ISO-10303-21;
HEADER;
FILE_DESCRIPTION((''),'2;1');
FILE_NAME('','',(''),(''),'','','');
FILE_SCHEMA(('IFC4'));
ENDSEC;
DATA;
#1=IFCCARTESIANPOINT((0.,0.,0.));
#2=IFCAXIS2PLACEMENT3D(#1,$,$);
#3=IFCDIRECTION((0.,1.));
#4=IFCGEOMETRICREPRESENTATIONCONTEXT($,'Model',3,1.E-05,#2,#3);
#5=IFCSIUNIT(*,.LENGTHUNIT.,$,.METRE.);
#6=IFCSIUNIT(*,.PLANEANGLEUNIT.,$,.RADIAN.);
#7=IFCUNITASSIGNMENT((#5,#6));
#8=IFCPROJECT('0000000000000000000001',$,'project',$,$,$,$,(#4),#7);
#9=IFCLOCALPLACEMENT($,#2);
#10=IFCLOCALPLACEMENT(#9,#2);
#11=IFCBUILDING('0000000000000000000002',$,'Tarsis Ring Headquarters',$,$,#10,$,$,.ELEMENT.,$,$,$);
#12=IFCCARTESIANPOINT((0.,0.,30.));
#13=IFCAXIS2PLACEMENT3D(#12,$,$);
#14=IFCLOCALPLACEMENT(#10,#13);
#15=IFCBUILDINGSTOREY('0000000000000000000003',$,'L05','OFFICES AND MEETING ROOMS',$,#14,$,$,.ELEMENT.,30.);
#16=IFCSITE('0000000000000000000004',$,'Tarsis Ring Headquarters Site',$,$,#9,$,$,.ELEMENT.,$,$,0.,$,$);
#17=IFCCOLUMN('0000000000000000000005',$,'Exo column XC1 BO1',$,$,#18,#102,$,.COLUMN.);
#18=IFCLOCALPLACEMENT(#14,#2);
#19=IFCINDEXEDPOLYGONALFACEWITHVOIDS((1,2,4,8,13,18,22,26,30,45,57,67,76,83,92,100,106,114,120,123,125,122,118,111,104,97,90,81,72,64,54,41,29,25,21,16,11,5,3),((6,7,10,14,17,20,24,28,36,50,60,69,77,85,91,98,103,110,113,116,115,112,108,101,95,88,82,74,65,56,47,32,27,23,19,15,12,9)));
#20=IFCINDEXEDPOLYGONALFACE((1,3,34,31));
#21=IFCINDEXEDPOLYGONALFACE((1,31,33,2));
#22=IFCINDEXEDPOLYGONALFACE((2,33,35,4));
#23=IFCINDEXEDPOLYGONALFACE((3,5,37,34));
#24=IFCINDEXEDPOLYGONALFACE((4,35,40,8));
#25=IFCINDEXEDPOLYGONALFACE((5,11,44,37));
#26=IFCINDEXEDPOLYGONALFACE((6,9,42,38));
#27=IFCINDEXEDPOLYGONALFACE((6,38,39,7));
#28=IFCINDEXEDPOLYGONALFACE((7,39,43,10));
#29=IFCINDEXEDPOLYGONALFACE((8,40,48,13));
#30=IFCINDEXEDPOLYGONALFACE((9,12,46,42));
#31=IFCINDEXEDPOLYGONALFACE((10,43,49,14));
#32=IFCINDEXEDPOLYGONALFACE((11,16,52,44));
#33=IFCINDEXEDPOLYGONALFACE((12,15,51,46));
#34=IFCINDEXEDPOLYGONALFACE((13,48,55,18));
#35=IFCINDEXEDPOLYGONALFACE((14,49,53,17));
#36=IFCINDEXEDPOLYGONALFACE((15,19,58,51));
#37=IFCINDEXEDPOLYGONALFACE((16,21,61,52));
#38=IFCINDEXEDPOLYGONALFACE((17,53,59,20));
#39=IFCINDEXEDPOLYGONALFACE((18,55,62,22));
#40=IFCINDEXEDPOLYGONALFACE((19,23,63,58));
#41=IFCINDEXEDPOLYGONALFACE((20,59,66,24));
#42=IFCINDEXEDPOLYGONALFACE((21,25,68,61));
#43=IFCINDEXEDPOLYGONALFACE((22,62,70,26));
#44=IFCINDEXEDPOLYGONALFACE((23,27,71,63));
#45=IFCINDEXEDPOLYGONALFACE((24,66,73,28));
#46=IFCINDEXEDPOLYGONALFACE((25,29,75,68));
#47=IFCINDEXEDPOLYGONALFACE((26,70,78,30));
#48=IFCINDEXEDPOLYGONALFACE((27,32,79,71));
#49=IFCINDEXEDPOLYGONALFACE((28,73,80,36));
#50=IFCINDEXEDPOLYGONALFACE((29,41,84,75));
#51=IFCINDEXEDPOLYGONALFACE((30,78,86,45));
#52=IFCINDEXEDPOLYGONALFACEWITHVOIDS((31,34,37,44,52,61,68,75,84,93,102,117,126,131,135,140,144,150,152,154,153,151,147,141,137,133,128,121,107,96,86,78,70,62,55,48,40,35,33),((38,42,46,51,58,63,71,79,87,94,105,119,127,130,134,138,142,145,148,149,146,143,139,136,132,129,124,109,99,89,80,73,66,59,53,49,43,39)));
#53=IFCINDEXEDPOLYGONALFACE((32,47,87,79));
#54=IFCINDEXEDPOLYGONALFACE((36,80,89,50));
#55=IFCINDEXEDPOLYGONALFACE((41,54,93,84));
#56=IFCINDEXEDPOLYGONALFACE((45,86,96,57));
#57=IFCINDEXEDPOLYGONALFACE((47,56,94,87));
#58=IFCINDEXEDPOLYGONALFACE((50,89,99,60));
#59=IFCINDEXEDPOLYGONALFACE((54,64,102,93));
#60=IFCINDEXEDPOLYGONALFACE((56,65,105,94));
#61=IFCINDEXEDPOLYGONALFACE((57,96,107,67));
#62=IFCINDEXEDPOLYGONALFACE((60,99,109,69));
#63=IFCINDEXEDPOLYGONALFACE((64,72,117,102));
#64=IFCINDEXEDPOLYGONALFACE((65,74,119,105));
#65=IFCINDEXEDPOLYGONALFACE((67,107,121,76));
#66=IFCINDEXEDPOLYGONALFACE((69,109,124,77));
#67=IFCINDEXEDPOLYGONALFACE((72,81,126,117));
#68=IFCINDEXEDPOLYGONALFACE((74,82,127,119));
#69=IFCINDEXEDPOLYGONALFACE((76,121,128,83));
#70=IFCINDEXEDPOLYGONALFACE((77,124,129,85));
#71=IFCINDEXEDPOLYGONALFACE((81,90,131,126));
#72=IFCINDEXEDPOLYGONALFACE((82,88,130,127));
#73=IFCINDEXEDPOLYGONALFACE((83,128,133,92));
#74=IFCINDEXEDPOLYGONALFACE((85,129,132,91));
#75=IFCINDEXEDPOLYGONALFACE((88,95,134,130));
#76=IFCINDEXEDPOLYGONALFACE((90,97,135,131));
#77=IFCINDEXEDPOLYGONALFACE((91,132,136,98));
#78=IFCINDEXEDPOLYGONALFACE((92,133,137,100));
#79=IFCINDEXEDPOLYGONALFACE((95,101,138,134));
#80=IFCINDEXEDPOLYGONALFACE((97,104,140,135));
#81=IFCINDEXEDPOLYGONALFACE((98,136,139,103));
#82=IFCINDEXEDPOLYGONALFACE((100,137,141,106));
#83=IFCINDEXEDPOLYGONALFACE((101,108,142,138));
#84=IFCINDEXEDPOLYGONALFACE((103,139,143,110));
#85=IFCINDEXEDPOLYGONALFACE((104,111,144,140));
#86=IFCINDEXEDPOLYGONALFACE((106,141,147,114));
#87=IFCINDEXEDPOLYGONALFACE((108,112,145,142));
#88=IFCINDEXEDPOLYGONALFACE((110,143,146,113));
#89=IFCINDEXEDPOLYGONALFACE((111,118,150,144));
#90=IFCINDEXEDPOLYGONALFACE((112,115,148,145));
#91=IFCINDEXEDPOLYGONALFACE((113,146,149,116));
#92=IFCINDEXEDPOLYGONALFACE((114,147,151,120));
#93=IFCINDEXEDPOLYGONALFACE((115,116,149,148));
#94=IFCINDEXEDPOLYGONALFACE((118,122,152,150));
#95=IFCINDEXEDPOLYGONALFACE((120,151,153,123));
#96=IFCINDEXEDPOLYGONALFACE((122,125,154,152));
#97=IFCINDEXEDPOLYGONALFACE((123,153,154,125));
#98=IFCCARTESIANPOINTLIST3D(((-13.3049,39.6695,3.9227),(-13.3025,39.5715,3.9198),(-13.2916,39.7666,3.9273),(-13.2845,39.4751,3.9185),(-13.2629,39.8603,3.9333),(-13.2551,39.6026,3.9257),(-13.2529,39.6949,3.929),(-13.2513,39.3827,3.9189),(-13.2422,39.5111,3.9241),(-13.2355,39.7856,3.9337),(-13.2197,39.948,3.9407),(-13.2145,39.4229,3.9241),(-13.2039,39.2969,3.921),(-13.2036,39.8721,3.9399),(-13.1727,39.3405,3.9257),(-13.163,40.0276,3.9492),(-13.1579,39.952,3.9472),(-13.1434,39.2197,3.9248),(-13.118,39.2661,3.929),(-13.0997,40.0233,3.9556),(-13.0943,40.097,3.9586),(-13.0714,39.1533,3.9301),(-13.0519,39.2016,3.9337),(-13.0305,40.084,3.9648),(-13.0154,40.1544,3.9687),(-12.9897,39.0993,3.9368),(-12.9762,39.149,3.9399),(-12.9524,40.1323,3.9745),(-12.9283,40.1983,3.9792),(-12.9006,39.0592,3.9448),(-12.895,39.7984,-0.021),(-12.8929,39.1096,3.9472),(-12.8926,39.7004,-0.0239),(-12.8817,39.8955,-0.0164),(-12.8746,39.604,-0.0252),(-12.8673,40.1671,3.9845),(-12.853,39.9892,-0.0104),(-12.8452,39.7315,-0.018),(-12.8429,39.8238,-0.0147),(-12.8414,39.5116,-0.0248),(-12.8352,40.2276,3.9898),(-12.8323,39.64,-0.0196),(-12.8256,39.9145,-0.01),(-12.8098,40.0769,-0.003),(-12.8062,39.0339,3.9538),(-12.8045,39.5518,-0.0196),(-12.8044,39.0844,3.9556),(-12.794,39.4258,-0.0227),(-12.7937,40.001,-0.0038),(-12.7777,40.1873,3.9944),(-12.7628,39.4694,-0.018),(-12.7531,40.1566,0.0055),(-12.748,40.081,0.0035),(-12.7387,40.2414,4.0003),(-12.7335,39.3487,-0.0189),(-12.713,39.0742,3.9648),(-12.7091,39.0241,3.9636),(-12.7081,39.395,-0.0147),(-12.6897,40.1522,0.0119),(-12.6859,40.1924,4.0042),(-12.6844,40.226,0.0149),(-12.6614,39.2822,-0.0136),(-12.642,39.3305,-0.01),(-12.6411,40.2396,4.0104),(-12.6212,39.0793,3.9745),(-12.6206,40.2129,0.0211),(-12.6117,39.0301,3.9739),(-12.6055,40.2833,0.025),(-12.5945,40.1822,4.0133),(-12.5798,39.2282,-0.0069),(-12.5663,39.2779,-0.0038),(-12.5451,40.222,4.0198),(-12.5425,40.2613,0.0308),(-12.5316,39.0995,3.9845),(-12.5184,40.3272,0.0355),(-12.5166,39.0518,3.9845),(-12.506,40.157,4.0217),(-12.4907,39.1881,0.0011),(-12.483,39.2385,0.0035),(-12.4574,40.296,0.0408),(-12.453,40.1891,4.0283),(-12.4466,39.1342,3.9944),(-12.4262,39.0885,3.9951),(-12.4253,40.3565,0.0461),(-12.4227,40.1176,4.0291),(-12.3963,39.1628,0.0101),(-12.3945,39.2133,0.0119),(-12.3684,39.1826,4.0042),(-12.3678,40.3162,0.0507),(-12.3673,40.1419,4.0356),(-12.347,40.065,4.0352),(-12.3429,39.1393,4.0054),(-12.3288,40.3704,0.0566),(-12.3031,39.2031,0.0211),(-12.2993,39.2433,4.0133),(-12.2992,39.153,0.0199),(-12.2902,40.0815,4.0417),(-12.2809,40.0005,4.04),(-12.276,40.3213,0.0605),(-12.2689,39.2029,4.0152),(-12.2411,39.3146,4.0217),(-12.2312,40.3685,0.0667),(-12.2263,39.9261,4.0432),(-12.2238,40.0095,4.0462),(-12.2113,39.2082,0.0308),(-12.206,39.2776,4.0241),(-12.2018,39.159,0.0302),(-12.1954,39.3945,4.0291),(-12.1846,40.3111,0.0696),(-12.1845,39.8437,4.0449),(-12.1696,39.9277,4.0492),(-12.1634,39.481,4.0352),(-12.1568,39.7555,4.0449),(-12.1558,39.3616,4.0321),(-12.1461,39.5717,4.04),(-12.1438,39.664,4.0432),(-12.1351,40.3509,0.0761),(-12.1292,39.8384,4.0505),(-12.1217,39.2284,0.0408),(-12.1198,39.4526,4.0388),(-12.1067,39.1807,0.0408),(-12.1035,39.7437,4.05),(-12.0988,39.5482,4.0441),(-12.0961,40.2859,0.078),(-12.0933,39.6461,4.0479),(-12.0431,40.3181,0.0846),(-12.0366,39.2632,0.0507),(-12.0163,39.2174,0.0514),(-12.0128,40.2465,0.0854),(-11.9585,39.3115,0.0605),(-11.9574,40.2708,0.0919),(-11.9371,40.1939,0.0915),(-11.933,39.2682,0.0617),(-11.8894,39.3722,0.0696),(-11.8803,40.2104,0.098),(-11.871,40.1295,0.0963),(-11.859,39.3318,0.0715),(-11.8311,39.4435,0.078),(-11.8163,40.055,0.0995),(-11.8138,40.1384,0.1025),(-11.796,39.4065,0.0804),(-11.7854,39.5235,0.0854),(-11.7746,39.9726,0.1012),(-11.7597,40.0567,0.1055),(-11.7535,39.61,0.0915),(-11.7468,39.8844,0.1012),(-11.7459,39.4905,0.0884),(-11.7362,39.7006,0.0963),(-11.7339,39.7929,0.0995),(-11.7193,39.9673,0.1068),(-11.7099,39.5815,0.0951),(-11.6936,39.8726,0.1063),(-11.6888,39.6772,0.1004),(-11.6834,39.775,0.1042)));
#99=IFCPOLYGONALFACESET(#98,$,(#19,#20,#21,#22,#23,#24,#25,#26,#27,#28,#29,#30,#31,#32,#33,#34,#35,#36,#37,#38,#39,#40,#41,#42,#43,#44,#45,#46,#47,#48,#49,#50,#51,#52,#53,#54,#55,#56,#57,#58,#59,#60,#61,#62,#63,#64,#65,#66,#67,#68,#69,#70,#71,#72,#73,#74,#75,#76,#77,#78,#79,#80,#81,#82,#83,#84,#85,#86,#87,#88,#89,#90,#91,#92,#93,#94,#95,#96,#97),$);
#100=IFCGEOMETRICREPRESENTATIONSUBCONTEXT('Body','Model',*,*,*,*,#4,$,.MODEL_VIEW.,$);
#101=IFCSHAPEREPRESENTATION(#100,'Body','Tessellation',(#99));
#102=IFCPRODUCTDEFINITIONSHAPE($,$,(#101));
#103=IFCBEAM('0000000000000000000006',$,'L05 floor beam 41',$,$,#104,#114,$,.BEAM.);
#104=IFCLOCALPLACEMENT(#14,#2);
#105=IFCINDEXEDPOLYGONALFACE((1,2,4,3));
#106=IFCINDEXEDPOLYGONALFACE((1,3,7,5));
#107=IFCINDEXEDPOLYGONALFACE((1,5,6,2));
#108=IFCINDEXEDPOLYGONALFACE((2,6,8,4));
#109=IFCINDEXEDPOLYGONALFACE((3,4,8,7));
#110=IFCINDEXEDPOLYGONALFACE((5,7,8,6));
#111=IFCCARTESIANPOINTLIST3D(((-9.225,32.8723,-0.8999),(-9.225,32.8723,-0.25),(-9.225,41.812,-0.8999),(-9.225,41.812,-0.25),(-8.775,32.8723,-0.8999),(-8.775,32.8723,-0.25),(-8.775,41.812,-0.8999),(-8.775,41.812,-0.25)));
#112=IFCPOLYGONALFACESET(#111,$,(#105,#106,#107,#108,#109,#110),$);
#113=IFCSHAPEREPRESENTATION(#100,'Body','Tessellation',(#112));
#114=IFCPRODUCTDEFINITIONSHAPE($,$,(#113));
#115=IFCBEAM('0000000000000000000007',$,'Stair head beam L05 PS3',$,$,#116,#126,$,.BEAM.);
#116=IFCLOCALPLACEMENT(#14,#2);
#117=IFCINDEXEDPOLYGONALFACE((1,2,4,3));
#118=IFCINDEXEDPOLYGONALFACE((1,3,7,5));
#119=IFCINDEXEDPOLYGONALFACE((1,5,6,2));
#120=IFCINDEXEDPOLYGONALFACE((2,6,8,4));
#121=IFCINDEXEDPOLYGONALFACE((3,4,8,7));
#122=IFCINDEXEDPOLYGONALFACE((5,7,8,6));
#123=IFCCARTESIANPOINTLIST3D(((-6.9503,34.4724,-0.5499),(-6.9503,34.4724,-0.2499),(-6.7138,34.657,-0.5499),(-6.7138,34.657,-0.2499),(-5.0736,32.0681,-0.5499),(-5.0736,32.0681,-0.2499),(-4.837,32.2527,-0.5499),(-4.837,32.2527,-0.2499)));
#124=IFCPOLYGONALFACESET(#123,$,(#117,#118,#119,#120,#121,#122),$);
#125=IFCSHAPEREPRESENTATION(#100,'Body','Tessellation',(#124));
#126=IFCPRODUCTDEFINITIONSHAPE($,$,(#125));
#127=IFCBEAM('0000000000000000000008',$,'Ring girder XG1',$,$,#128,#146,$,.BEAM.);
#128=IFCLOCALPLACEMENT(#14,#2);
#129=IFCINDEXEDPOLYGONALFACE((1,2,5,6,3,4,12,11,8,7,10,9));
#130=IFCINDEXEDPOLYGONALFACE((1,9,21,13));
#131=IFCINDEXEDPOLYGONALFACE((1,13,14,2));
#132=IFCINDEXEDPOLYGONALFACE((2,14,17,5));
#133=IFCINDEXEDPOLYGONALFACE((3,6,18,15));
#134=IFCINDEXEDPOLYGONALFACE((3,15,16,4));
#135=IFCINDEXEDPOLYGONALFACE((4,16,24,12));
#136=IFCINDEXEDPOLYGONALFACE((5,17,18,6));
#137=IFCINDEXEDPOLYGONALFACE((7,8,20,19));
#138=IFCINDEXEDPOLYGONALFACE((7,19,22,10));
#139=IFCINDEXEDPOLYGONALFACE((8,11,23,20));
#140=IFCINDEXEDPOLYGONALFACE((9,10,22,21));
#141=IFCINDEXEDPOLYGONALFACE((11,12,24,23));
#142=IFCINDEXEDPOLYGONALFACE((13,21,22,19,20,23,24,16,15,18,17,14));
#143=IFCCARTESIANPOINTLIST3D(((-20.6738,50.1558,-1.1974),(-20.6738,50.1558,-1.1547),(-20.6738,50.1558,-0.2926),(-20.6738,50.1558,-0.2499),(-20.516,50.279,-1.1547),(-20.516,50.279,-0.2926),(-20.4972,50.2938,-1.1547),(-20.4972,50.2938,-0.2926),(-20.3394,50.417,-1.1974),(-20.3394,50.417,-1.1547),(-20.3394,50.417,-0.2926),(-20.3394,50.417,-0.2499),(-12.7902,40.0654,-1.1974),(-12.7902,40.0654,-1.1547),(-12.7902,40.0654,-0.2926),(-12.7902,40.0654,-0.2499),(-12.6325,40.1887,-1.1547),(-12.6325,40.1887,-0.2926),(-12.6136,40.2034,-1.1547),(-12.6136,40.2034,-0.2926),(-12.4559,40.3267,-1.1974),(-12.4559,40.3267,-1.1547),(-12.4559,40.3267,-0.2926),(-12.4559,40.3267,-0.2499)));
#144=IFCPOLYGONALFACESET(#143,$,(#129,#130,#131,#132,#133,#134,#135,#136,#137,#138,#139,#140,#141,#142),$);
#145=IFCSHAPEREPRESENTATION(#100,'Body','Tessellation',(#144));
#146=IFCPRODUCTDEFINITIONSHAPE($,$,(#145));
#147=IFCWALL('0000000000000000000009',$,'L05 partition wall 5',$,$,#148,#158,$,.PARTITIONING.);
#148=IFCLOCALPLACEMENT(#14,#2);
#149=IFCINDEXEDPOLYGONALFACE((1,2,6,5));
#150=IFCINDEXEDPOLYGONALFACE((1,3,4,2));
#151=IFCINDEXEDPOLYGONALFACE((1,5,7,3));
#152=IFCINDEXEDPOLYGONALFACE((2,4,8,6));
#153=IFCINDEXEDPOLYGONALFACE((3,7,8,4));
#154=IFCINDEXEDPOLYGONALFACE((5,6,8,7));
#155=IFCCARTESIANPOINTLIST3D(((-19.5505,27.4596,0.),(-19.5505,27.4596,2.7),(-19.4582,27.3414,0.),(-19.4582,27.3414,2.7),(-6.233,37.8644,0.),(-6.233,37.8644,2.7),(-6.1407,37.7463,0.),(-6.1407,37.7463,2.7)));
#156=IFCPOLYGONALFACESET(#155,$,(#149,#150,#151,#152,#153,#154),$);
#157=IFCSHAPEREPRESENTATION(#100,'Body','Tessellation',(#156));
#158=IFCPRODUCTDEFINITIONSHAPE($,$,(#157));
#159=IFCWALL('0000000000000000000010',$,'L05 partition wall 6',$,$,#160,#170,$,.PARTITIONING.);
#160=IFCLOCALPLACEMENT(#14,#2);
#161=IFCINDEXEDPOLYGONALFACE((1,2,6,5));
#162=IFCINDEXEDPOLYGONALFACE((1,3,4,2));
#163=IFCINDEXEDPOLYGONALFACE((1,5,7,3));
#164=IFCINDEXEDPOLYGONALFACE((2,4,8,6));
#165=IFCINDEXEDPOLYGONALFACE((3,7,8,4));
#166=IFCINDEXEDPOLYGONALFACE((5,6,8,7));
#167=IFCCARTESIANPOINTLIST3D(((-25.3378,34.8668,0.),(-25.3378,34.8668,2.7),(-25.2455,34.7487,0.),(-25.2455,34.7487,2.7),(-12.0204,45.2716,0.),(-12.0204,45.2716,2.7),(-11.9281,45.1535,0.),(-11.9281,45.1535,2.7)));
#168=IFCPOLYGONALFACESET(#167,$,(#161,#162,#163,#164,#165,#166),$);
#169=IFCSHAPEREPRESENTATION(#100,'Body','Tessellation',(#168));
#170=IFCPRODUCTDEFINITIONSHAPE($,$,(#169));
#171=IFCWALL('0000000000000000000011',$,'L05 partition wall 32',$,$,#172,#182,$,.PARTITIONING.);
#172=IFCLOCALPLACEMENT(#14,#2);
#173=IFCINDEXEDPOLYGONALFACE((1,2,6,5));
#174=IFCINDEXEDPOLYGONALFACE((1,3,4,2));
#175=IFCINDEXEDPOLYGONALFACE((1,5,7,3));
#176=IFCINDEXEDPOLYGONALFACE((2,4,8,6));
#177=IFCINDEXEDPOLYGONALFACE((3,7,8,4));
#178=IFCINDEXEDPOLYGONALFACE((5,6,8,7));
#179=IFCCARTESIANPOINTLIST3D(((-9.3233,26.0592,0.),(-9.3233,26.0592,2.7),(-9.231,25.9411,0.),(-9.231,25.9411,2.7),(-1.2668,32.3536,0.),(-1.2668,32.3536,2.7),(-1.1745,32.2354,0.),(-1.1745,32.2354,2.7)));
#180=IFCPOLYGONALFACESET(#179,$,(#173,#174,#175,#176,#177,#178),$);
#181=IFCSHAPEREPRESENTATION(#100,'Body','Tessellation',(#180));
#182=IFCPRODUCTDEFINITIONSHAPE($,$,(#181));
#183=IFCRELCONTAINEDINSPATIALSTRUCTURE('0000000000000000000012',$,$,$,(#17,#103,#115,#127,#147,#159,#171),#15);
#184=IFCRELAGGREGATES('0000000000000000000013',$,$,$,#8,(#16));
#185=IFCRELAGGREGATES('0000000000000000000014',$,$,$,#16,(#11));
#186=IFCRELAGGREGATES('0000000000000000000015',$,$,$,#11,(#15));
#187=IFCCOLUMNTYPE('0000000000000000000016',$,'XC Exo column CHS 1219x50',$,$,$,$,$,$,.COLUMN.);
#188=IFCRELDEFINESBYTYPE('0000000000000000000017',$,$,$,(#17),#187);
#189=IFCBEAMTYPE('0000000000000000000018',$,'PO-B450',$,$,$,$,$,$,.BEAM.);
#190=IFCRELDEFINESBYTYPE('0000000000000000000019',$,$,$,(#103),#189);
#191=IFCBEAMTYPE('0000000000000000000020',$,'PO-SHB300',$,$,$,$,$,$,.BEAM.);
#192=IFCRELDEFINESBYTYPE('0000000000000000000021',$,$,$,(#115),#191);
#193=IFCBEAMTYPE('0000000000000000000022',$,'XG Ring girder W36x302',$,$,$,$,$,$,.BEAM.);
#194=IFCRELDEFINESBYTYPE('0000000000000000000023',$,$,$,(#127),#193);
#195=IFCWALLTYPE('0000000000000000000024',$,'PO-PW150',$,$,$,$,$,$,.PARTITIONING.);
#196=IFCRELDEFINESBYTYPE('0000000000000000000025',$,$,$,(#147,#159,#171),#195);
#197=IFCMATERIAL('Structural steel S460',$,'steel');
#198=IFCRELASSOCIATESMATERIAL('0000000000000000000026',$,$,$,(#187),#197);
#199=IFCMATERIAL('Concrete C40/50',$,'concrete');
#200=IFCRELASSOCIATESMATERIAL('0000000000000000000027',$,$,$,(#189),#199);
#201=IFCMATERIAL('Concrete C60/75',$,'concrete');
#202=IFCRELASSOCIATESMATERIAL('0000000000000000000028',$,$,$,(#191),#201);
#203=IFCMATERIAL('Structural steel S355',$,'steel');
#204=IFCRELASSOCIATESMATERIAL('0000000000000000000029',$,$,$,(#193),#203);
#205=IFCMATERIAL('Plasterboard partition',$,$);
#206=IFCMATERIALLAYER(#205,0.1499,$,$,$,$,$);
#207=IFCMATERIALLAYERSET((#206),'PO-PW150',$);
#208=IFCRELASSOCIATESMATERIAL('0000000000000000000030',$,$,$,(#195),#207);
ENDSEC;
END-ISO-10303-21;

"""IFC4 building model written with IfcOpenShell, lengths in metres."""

from ifc_helpers import new_model, si_unit, direction, frame, frame_2d, origin, origin_2d, place, context, subcontext, project, spatial, rectangle, hollow_circle, i_section, extrude, material, layer, layer_set, material_profile, profile_set, type_object, element, save


model = new_model("IFC4")

# Units and contexts
model_context = context("Model", 3, precision=1e-05, world=origin(), true_north=direction((0.0, 1.0)))
body_context = subcontext(model_context, "Body", "Model", "MODEL_VIEW")
ifc_project = project(units=[si_unit("LENGTHUNIT", "METRE"), si_unit("PLANEANGLEUNIT", "RADIAN")], contexts=[model_context])

# Site, building, storey
site_placement = place(None, origin())
site = spatial("IfcSite", under=ifc_project, at=site_placement, Name="Tarsis Ring Headquarters Site", CompositionType="ELEMENT", RefElevation=0.0)
building_placement = place(site_placement, origin())
building = spatial("IfcBuilding", under=site, at=building_placement, Name="Tarsis Ring Headquarters", CompositionType="ELEMENT")
storey_placement = place(building_placement, frame((0.0, 0.0, 30.0)))
storey = spatial("IfcBuildingStorey", under=building, at=storey_placement, Name="L05", Description="OFFICES AND MEETING ROOMS", CompositionType="ELEMENT", Elevation=30.0)

# Column
ifc_material_1 = material(Name="Structural steel S460", Category="steel")
ifc_material_profile_1 = material_profile(ifc_material_1, hollow_circle(Radius=0.6096, WallThickness=0.05, at=origin_2d()), Name="CHS 1219x50")
ifc_profile_set_1 = profile_set([ifc_material_profile_1], Name="Structural steel S460")
column_type = type_object("IfcColumnType", Name="XC Exo column CHS 1219x50", PredefinedType="COLUMN", material=ifc_profile_set_1)
column_placement = place(storey_placement, frame((-12.2896, 39.7622, 0.0408), z_axis=(-0.103332, -0.032495, 0.994116), x_axis=(0.299989, -0.953943, 0.0)))
element("IfcColumn", 1, at=column_placement, inside=storey, type_object=column_type, Name="Exo column XC1 BO1", PredefinedType="COLUMN", context=body_context, shape_type="SweptSolid", body=[
    extrude(hollow_circle(Radius=0.6096, WallThickness=0.05, at=origin_2d()), origin(), (0.0, 0.0, 1.0), 3.967),
])

# Beams
ifc_material_2 = material(Name="Concrete C40/50", Category="concrete")
ifc_material_profile_2 = material_profile(ifc_material_2, rectangle(XDim=0.45, YDim=0.6499, at=origin_2d()), Name="PO-B450")
ifc_profile_set_2 = profile_set([ifc_material_profile_2], Name="Concrete C40/50")
beam_type_1 = type_object("IfcBeamType", Name="PO-B450", PredefinedType="BEAM", material=ifc_profile_set_2)
beam_1_placement = place(storey_placement, frame((-9.0, 32.8723, -0.575), z_axis=(0.0, 1.0, 0.0), x_axis=(-1.0, 0.0, 0.0)))
element("IfcBeam", 2, at=beam_1_placement, inside=storey, type_object=beam_type_1, Name="L05 floor beam 41", PredefinedType="BEAM", context=body_context, shape_type="SweptSolid", body=[
    extrude(rectangle(XDim=0.45, YDim=0.6499, at=origin_2d()), origin(), (0.0, 0.0, 1.0), 8.9397),
])
ifc_material_3 = material(Name="Concrete C60/75", Category="concrete")
ifc_material_profile_3 = material_profile(ifc_material_3, rectangle(XDim=0.3, YDim=0.3, at=origin_2d()), Name="PO-SHB300")
ifc_profile_set_3 = profile_set([ifc_material_profile_3], Name="Concrete C60/75")
beam_type_2 = type_object("IfcBeamType", Name="PO-SHB300", PredefinedType="BEAM", material=ifc_profile_set_3)
beam_2_placement = place(storey_placement, frame((-6.832, 34.5647, -0.3999), z_axis=(0.615308, -0.788286, 0.0), x_axis=(0.788286, 0.615308, 0.0)))
element("IfcBeam", 3, at=beam_2_placement, inside=storey, type_object=beam_type_2, Name="Stair head beam L05 PS3", PredefinedType="BEAM", context=body_context, shape_type="SweptSolid", body=[
    extrude(rectangle(XDim=0.3, YDim=0.3, at=origin_2d()), origin(), (0.0, 0.0, 1.0), 3.05),
])
ifc_material_4 = material(Name="Structural steel S355", Category="steel")
ifc_material_profile_4 = material_profile(ifc_material_4, i_section(OverallWidth=0.4243, OverallDepth=0.9475, WebThickness=0.0239, FlangeThickness=0.0427, at=origin_2d()), Name="W36x302")
ifc_profile_set_4 = profile_set([ifc_material_profile_4], Name="Structural steel S355")
beam_type_3 = type_object("IfcBeamType", Name="XG Ring girder W36x302", PredefinedType="BEAM", material=ifc_profile_set_4)
beam_3_placement = place(storey_placement, frame((-12.623, 40.196, -0.7236), z_axis=(-0.615667, 0.788006, 0.0), x_axis=(-0.788006, -0.615667, 0.0)))
element("IfcBeam", 4, at=beam_3_placement, inside=storey, type_object=beam_type_3, Name="Ring girder XG1", PredefinedType="BEAM", context=body_context, shape_type="SweptSolid", body=[
    extrude(i_section(OverallWidth=0.4243, OverallDepth=0.9475, WebThickness=0.0239, FlangeThickness=0.0427, at=origin_2d()), origin(), (0.0, 0.0, 1.0), 12.8049),
])

# Walls
ifc_material_5 = material(Name="Plasterboard partition")
ifc_layer_1 = layer(ifc_material_5, 0.1499)
ifc_layer_set_1 = layer_set([ifc_layer_1], Name="PO-PW150")
wall_type_1 = type_object("IfcWallType", Name="PO-PW150", PredefinedType="PARTITIONING", material=ifc_layer_set_1)
for number, where, z_axis, x_axis, name in (
    (5, (-6.1868, 37.8054, 0.0), (0.0, 0.0, 1.0), (-0.788008, -0.615665, 0.0), "L05 partition wall 5"),
    (6, (-11.9741, 45.2126, 0.0), (0.0, 0.0, 1.0), (-0.788008, -0.615665, 0.0), "L05 partition wall 6"),
):
    element("IfcWall", number, at=place(storey_placement, frame(where, z_axis=z_axis, x_axis=x_axis)), inside=storey, type_object=wall_type_1, Name=name, PredefinedType="PARTITIONING", context=body_context, shape_type="SweptSolid", body=[
        extrude(rectangle(XDim=16.9001, YDim=0.1499, at=frame_2d((8.4502, 0.0))), origin(), (0.0, 0.0, 1.0), 2.7),
    ])
wall_1_placement = place(storey_placement, frame((-1.2207, 32.2944, 0.0), z_axis=(0.0, 0.0, 1.0), x_axis=(-0.788016, -0.615655, 0.0)))
element("IfcWall", 7, at=wall_1_placement, inside=storey, type_object=wall_type_1, Name="L05 partition wall 32", PredefinedType="PARTITIONING", context=body_context, shape_type="SweptSolid", body=[
    extrude(rectangle(XDim=10.2239, YDim=0.1499, at=frame_2d((5.1118, 0.0))), origin(), (0.0, 0.0, 1.0), 2.7),
])

save(model, "model.ifc")
